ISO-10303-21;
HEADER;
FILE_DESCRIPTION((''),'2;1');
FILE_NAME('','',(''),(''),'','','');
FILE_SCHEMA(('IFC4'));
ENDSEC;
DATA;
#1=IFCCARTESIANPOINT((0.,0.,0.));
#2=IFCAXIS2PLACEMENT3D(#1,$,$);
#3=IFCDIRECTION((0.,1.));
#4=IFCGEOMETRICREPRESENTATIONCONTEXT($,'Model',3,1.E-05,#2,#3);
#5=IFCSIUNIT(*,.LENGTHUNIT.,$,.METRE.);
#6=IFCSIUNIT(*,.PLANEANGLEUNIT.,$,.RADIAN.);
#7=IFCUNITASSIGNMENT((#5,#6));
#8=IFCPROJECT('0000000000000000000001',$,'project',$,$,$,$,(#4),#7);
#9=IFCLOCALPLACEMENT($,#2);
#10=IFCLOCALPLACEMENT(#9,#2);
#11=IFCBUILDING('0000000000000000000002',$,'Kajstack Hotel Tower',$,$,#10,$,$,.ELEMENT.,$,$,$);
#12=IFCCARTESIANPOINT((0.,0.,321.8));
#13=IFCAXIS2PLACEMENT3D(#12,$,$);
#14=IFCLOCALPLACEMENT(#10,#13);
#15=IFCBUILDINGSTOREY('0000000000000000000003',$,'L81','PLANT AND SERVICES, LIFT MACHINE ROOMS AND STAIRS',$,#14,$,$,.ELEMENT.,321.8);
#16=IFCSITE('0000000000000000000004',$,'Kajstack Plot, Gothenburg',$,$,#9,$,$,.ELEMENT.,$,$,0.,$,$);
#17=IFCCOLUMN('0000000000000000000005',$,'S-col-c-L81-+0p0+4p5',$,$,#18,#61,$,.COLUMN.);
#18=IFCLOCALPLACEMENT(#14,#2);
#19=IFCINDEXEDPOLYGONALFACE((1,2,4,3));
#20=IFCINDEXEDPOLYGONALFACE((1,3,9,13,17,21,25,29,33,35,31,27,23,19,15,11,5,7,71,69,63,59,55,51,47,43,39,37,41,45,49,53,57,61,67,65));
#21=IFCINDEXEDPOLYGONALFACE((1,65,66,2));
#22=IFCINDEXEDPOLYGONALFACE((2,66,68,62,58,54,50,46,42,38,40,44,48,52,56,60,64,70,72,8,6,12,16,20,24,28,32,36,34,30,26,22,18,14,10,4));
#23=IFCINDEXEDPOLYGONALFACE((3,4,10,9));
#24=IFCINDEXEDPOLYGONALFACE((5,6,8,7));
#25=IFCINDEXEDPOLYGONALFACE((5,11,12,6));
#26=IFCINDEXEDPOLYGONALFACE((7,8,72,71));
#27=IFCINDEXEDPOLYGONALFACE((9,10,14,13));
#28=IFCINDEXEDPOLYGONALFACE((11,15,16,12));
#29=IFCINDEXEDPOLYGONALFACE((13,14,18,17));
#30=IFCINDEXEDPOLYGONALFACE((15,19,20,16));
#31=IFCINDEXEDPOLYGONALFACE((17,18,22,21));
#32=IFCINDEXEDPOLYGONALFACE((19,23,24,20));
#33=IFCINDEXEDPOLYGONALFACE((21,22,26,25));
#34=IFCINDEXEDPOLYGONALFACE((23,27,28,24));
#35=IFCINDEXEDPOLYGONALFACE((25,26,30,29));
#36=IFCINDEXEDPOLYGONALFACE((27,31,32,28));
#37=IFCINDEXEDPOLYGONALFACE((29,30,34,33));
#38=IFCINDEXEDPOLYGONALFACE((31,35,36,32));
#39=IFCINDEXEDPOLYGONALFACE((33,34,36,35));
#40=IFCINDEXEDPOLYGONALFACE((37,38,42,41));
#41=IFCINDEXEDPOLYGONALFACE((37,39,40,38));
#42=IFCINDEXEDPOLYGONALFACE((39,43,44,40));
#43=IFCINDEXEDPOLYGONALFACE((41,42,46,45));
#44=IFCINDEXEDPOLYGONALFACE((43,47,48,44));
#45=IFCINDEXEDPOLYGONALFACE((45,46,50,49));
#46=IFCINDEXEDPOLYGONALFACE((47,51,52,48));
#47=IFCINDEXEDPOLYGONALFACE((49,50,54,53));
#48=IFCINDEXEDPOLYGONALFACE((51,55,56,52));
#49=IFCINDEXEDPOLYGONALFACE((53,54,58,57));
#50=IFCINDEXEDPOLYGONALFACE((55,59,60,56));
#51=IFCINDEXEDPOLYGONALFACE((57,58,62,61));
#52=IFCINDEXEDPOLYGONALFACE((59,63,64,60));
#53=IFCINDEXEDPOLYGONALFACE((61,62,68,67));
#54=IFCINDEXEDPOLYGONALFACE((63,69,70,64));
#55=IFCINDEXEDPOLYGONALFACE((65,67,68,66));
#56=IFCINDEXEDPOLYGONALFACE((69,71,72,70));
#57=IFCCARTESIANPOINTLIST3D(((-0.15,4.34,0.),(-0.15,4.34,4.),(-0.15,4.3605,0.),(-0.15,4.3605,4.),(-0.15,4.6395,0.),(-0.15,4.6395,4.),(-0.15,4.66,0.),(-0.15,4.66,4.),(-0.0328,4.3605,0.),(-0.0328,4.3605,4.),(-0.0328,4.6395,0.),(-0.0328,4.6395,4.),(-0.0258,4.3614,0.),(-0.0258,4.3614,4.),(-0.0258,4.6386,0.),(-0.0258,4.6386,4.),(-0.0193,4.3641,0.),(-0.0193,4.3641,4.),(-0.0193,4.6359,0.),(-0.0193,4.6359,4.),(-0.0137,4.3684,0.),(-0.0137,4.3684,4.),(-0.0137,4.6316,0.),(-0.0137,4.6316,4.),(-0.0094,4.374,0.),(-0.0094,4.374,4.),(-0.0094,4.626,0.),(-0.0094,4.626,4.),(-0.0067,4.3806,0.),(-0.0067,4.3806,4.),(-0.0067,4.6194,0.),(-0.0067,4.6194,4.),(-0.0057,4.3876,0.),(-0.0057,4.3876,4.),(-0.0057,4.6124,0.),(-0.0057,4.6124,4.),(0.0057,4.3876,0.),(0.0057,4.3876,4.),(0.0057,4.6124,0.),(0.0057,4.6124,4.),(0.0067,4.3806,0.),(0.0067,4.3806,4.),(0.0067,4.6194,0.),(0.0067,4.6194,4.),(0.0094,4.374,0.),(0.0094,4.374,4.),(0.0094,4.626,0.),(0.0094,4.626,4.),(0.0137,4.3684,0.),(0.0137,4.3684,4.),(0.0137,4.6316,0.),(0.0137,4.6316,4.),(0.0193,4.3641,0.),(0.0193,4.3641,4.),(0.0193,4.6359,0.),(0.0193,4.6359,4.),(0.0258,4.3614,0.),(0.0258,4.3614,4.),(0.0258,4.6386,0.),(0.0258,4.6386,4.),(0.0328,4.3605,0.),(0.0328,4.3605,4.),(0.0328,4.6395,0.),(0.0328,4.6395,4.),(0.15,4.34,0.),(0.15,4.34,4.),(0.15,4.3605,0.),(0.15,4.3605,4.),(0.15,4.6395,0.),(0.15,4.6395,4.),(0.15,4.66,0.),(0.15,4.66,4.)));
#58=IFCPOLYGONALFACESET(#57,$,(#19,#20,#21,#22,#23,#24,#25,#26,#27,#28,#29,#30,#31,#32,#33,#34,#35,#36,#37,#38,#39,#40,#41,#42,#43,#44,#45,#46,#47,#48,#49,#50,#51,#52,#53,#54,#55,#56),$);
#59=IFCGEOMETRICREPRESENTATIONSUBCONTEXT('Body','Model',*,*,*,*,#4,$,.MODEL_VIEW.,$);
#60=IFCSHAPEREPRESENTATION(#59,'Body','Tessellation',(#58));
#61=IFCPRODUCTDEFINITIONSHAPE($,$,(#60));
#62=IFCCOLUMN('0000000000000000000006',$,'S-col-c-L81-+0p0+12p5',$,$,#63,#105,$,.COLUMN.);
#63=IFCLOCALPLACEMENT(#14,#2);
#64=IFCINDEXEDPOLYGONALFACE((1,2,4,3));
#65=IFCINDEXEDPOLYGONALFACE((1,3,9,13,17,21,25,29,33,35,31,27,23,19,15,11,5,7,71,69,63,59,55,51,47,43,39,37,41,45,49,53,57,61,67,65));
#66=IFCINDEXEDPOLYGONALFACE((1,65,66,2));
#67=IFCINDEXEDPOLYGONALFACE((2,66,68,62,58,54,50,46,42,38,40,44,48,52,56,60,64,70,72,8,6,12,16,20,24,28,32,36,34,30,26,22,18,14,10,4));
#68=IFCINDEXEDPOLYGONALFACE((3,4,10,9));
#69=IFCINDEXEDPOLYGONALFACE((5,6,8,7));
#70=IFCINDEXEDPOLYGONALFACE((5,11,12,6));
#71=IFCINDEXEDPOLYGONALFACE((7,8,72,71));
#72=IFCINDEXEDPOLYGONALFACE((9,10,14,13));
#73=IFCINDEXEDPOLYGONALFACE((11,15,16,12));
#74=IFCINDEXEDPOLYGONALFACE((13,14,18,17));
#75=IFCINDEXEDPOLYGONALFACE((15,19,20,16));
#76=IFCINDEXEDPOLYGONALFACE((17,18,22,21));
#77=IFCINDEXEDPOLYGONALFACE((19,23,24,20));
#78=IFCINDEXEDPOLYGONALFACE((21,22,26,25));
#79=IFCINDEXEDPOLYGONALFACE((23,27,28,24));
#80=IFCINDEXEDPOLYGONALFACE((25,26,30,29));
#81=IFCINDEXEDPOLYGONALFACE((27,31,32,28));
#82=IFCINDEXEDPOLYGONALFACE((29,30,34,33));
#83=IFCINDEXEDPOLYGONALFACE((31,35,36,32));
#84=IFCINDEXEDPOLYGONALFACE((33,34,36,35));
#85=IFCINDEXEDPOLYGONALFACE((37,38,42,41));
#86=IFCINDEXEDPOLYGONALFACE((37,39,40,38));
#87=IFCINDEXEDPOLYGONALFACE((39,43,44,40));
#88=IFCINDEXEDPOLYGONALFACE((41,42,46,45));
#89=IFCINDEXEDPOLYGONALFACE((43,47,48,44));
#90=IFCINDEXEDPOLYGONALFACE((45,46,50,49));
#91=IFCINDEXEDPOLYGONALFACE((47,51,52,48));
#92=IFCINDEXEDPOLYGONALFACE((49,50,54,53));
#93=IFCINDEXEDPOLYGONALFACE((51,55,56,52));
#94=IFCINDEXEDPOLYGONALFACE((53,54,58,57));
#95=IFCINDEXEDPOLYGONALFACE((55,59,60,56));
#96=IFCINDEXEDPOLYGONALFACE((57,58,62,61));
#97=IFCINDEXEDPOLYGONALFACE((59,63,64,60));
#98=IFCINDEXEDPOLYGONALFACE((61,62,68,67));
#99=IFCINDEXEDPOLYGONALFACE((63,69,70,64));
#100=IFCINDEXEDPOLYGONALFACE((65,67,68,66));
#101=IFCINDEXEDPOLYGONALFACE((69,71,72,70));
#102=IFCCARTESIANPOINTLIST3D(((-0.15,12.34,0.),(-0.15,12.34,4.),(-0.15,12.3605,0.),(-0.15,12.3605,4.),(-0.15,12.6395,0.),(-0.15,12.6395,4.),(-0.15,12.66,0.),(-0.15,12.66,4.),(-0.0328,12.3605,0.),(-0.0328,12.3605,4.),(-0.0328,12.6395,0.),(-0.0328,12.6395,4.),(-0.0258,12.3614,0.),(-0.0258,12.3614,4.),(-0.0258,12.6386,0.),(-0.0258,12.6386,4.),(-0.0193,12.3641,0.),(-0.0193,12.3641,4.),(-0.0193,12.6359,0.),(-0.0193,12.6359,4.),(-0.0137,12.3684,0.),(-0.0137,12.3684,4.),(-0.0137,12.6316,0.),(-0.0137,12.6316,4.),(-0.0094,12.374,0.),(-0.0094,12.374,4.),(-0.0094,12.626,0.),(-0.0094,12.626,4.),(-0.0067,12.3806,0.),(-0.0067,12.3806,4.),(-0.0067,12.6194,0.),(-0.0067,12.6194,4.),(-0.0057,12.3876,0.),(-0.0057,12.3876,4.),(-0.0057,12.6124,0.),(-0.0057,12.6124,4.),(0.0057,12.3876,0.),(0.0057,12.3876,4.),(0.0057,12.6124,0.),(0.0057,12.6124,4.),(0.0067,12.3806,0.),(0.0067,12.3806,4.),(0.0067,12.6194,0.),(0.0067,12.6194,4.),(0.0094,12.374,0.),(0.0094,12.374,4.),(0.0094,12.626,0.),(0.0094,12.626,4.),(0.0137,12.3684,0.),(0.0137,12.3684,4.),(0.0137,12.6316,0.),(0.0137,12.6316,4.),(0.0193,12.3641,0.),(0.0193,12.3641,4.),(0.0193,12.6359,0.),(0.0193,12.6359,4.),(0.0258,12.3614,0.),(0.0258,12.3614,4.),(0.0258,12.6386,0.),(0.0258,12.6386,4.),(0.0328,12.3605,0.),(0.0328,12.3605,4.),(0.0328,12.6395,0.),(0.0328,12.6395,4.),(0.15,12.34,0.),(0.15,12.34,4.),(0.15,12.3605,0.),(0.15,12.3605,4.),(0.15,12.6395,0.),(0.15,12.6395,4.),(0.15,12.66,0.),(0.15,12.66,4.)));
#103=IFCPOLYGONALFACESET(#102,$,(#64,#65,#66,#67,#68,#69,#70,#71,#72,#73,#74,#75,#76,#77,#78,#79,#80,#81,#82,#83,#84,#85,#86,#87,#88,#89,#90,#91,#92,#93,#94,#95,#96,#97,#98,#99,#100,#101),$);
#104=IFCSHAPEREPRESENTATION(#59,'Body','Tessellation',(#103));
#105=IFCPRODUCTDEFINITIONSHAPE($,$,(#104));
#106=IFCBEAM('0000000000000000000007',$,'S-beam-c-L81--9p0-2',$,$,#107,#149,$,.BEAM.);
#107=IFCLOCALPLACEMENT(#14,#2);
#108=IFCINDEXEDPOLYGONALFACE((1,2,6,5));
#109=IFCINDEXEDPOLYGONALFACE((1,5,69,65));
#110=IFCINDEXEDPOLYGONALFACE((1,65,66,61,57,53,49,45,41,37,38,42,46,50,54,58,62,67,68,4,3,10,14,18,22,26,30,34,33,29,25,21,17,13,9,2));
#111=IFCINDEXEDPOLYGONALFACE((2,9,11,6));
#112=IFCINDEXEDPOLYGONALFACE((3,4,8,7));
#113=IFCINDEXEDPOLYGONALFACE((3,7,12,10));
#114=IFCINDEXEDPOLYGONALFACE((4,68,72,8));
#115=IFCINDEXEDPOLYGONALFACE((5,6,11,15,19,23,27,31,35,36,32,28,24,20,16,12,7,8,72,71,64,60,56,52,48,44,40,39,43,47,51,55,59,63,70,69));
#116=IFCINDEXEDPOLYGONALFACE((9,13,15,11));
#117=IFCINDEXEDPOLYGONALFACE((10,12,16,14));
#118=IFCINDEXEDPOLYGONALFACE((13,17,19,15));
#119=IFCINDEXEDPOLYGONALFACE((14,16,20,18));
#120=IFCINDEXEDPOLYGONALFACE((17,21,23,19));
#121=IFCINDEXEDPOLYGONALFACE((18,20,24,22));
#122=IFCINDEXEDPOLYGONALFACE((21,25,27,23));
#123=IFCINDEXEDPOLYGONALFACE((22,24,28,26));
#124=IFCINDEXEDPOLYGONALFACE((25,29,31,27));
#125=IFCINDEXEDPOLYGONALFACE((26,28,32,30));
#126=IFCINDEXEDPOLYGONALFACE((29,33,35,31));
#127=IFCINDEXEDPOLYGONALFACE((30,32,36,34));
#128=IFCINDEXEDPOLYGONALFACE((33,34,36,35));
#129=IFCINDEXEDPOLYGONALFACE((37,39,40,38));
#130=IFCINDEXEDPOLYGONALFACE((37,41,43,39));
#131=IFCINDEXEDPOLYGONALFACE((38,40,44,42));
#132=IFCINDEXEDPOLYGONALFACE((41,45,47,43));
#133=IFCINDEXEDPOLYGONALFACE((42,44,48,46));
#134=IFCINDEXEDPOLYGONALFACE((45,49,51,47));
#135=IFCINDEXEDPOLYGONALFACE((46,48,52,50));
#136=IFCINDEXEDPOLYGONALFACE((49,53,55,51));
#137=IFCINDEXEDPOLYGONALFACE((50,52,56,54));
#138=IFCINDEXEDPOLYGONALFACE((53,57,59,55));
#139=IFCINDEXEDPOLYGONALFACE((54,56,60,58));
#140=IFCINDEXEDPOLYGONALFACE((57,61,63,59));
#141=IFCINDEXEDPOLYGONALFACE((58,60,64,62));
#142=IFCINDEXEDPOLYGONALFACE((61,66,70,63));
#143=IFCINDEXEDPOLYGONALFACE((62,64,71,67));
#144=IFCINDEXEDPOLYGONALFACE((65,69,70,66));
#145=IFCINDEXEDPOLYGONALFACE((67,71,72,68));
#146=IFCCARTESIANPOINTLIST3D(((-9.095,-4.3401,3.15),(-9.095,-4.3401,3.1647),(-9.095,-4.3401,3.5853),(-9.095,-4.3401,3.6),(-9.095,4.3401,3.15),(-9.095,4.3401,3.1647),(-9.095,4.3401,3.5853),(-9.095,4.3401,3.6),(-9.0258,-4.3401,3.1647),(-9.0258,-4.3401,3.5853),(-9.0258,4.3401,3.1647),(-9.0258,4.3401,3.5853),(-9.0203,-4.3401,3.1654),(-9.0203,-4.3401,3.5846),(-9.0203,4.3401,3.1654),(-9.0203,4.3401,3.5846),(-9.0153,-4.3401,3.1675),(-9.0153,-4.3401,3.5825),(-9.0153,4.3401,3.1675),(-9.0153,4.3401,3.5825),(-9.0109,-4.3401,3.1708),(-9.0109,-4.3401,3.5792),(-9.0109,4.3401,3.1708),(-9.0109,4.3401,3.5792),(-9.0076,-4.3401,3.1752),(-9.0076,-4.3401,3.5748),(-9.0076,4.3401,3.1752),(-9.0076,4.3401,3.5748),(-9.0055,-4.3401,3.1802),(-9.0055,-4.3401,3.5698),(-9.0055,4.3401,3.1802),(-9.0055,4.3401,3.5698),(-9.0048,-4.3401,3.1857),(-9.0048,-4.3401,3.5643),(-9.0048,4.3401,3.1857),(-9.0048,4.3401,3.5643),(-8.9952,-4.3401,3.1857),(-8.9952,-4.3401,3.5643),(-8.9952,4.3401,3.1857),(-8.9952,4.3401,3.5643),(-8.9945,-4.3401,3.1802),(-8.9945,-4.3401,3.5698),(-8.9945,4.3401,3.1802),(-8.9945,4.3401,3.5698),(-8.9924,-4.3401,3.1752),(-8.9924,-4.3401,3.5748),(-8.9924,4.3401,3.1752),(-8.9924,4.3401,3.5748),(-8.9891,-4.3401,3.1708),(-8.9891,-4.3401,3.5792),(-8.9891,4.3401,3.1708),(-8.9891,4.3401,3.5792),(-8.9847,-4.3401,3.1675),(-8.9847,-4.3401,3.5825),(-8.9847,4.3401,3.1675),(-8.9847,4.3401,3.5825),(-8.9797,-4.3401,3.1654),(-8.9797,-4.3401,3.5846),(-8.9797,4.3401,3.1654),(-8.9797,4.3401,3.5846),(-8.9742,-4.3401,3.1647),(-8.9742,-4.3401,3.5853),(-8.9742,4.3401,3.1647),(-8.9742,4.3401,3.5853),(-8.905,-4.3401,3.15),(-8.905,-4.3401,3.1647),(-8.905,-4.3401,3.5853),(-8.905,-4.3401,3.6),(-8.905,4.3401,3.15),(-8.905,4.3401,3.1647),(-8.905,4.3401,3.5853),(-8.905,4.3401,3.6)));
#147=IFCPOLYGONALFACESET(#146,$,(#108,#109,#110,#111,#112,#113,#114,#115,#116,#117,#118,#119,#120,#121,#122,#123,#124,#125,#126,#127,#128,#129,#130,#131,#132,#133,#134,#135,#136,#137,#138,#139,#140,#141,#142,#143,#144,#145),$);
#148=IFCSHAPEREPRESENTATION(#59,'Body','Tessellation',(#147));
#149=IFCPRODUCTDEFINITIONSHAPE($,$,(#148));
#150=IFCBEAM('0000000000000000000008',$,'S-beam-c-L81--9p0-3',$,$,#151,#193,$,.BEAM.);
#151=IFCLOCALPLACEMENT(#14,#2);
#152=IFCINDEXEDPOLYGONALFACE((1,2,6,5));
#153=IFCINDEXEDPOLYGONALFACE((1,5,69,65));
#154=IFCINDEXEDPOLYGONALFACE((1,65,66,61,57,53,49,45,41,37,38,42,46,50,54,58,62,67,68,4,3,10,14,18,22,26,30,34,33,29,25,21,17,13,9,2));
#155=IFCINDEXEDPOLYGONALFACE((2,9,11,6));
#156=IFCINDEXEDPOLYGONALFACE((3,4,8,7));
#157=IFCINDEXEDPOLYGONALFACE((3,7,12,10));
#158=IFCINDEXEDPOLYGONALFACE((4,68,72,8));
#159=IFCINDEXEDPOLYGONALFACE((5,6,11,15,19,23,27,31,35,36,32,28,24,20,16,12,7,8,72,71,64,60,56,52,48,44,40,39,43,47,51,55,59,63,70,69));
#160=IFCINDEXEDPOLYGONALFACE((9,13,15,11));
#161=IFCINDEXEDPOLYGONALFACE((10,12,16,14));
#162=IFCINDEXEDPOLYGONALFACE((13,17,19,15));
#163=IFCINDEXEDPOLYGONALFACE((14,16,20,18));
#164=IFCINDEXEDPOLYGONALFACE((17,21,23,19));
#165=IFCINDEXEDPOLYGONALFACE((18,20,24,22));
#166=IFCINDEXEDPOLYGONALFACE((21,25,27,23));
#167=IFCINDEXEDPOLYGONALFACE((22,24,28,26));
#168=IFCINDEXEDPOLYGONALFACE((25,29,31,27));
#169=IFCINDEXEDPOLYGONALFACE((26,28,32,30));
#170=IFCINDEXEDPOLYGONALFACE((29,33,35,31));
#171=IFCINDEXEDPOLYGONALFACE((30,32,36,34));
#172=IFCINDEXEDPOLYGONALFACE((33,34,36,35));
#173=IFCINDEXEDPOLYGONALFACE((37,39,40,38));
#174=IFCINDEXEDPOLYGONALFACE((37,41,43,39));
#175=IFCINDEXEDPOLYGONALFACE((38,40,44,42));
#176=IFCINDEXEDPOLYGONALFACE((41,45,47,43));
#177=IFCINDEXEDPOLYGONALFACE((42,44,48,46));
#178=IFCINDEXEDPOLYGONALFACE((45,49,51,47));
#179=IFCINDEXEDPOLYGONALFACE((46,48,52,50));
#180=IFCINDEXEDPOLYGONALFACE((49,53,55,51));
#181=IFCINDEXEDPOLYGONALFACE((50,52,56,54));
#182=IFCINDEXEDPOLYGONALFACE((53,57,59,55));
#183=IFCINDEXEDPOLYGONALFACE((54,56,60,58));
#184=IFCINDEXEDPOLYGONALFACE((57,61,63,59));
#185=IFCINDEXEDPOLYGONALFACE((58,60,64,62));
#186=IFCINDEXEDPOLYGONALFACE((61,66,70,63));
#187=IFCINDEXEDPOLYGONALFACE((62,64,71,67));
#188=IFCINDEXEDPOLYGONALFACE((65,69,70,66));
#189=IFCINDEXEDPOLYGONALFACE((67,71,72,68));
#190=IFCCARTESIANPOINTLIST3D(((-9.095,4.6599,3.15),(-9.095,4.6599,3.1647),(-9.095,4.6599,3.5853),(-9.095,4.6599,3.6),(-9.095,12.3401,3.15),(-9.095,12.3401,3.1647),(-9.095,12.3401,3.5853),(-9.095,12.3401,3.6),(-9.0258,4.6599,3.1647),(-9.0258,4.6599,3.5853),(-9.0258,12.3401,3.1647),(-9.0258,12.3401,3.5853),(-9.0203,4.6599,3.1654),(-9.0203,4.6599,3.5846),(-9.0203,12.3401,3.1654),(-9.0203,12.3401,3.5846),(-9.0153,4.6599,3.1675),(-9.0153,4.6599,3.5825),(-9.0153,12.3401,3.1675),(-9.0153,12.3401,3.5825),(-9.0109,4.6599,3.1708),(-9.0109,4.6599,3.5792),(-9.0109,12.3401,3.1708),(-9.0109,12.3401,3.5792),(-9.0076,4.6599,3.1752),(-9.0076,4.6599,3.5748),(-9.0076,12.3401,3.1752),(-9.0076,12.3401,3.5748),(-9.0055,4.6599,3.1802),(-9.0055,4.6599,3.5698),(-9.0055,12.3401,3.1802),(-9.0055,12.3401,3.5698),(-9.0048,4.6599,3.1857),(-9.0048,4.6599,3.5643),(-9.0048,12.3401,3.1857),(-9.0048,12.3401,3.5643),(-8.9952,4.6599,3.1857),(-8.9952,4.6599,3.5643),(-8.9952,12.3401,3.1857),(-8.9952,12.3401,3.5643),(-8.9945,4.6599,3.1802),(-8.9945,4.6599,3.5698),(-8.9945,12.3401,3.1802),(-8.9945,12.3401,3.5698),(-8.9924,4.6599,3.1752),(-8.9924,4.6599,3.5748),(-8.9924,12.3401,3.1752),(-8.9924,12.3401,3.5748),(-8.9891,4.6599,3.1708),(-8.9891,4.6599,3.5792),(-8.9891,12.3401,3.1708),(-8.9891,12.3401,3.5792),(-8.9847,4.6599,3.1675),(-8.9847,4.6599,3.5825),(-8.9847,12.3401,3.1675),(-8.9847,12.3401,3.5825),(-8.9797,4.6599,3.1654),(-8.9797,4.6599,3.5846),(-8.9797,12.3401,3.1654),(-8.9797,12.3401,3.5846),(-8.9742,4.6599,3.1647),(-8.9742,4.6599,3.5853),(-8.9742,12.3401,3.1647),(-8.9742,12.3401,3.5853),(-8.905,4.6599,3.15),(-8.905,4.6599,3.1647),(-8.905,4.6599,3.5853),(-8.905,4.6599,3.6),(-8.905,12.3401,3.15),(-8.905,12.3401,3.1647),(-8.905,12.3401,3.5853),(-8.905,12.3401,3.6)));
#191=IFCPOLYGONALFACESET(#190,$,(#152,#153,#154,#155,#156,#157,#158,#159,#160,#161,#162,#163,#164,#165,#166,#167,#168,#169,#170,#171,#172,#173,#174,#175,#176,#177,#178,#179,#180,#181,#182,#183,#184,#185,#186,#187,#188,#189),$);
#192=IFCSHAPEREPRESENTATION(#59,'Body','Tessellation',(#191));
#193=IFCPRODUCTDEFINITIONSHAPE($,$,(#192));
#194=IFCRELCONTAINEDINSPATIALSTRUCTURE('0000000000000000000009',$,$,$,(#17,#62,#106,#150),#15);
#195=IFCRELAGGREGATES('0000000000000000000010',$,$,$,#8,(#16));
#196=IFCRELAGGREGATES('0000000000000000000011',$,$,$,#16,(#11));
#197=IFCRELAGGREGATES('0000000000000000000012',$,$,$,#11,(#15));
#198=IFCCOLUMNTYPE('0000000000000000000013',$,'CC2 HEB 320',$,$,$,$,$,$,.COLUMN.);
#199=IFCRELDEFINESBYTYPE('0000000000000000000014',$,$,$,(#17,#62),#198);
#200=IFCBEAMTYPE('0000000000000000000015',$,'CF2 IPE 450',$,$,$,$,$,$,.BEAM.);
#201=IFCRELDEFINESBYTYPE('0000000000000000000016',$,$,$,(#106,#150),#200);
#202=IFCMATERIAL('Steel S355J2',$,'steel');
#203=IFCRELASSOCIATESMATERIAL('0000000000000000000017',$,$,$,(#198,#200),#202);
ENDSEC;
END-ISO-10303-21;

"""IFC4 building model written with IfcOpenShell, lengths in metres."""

from ifc_helpers import new_model, si_unit, direction, frame, origin, origin_2d, place, context, subcontext, project, spatial, i_section, extrude, material, material_profile, profile_set, type_object, element, save


model = new_model("IFC4")

# Units and contexts
model_context = context("Model", 3, precision=1e-05, world=origin(), true_north=direction((0.0, 1.0)))
body_context = subcontext(model_context, "Body", "Model", "MODEL_VIEW")
ifc_project = project(units=[si_unit("LENGTHUNIT", "METRE"), si_unit("PLANEANGLEUNIT", "RADIAN")], contexts=[model_context])

# Site, building, storey
site_placement = place(None, origin())
site = spatial("IfcSite", under=ifc_project, at=site_placement, Name="Kajstack Plot, Gothenburg", CompositionType="ELEMENT", RefElevation=0.0)
building_placement = place(site_placement, origin())
building = spatial("IfcBuilding", under=site, at=building_placement, Name="Kajstack Hotel Tower", CompositionType="ELEMENT")
storey_placement = place(building_placement, frame((0.0, 0.0, 321.8)))
storey = spatial("IfcBuildingStorey", under=building, at=storey_placement, Name="L81", Description="PLANT AND SERVICES, LIFT MACHINE ROOMS AND STAIRS", CompositionType="ELEMENT", Elevation=321.8)

# Columns
ifc_material_1 = material(Name="Steel S355J2", Category="steel")
ifc_material_profile_1 = material_profile(ifc_material_1, i_section(OverallWidth=0.3, OverallDepth=0.3201, WebThickness=0.0115, FlangeThickness=0.0205, FilletRadius=0.0271, at=origin_2d()), Name="HEB 320")
ifc_profile_set_1 = profile_set([ifc_material_profile_1], Name="Steel S355J2")
column_type = type_object("IfcColumnType", Name="CC2 HEB 320", PredefinedType="COLUMN", material=ifc_profile_set_1)
for number, where, z_axis, x_axis, name in (
    (1, (0.0, 4.5, 0.0), (0.0, 0.0, 1.0), (1.0, 0.0, 0.0), "S-col-c-L81-+0p0+4p5"),
    (2, (0.0, 12.5, 0.0), (0.0, 0.0, 1.0), (1.0, 0.0, 0.0), "S-col-c-L81-+0p0+12p5"),
):
    element("IfcColumn", number, at=place(storey_placement, frame(where, z_axis=z_axis, x_axis=x_axis)), inside=storey, type_object=column_type, Name=name, PredefinedType="COLUMN", context=body_context, shape_type="SweptSolid", body=[
        extrude(i_section(OverallWidth=0.3, OverallDepth=0.3201, WebThickness=0.0115, FlangeThickness=0.0205, FilletRadius=0.0271, at=origin_2d()), origin(), (0.0, 0.0, 1.0), 4.0),
    ])

# Beams
ifc_material_profile_2 = material_profile(ifc_material_1, i_section(OverallWidth=0.1899, OverallDepth=0.45, WebThickness=0.0095, FlangeThickness=0.0146, FilletRadius=0.021, at=origin_2d()), Name="IPE 450")
ifc_profile_set_2 = profile_set([ifc_material_profile_2], Name="Steel S355J2")
beam_type = type_object("IfcBeamType", Name="CF2 IPE 450", PredefinedType="BEAM", material=ifc_profile_set_2)
beam_1_placement = place(storey_placement, frame((-9.0, -4.3401, 3.375), z_axis=(0.0, 1.0, 0.0), x_axis=(-1.0, 0.0, 0.0)))
element("IfcBeam", 3, at=beam_1_placement, inside=storey, type_object=beam_type, Name="S-beam-c-L81--9p0-2", PredefinedType="BEAM", context=body_context, shape_type="SweptSolid", body=[
    extrude(i_section(OverallWidth=0.1899, OverallDepth=0.45, WebThickness=0.0095, FlangeThickness=0.0146, FilletRadius=0.021, at=origin_2d()), origin(), (0.0, 0.0, 1.0), 8.6802),
])
beam_2_placement = place(storey_placement, frame((-9.0, 4.6599, 3.375), z_axis=(0.0, 1.0, 0.0), x_axis=(-1.0, 0.0, 0.0)))
element("IfcBeam", 4, at=beam_2_placement, inside=storey, type_object=beam_type, Name="S-beam-c-L81--9p0-3", PredefinedType="BEAM", context=body_context, shape_type="SweptSolid", body=[
    extrude(i_section(OverallWidth=0.1899, OverallDepth=0.45, WebThickness=0.0095, FlangeThickness=0.0146, FilletRadius=0.021, at=origin_2d()), origin(), (0.0, 0.0, 1.0), 7.6802),
])

save(model, "model.ifc")
